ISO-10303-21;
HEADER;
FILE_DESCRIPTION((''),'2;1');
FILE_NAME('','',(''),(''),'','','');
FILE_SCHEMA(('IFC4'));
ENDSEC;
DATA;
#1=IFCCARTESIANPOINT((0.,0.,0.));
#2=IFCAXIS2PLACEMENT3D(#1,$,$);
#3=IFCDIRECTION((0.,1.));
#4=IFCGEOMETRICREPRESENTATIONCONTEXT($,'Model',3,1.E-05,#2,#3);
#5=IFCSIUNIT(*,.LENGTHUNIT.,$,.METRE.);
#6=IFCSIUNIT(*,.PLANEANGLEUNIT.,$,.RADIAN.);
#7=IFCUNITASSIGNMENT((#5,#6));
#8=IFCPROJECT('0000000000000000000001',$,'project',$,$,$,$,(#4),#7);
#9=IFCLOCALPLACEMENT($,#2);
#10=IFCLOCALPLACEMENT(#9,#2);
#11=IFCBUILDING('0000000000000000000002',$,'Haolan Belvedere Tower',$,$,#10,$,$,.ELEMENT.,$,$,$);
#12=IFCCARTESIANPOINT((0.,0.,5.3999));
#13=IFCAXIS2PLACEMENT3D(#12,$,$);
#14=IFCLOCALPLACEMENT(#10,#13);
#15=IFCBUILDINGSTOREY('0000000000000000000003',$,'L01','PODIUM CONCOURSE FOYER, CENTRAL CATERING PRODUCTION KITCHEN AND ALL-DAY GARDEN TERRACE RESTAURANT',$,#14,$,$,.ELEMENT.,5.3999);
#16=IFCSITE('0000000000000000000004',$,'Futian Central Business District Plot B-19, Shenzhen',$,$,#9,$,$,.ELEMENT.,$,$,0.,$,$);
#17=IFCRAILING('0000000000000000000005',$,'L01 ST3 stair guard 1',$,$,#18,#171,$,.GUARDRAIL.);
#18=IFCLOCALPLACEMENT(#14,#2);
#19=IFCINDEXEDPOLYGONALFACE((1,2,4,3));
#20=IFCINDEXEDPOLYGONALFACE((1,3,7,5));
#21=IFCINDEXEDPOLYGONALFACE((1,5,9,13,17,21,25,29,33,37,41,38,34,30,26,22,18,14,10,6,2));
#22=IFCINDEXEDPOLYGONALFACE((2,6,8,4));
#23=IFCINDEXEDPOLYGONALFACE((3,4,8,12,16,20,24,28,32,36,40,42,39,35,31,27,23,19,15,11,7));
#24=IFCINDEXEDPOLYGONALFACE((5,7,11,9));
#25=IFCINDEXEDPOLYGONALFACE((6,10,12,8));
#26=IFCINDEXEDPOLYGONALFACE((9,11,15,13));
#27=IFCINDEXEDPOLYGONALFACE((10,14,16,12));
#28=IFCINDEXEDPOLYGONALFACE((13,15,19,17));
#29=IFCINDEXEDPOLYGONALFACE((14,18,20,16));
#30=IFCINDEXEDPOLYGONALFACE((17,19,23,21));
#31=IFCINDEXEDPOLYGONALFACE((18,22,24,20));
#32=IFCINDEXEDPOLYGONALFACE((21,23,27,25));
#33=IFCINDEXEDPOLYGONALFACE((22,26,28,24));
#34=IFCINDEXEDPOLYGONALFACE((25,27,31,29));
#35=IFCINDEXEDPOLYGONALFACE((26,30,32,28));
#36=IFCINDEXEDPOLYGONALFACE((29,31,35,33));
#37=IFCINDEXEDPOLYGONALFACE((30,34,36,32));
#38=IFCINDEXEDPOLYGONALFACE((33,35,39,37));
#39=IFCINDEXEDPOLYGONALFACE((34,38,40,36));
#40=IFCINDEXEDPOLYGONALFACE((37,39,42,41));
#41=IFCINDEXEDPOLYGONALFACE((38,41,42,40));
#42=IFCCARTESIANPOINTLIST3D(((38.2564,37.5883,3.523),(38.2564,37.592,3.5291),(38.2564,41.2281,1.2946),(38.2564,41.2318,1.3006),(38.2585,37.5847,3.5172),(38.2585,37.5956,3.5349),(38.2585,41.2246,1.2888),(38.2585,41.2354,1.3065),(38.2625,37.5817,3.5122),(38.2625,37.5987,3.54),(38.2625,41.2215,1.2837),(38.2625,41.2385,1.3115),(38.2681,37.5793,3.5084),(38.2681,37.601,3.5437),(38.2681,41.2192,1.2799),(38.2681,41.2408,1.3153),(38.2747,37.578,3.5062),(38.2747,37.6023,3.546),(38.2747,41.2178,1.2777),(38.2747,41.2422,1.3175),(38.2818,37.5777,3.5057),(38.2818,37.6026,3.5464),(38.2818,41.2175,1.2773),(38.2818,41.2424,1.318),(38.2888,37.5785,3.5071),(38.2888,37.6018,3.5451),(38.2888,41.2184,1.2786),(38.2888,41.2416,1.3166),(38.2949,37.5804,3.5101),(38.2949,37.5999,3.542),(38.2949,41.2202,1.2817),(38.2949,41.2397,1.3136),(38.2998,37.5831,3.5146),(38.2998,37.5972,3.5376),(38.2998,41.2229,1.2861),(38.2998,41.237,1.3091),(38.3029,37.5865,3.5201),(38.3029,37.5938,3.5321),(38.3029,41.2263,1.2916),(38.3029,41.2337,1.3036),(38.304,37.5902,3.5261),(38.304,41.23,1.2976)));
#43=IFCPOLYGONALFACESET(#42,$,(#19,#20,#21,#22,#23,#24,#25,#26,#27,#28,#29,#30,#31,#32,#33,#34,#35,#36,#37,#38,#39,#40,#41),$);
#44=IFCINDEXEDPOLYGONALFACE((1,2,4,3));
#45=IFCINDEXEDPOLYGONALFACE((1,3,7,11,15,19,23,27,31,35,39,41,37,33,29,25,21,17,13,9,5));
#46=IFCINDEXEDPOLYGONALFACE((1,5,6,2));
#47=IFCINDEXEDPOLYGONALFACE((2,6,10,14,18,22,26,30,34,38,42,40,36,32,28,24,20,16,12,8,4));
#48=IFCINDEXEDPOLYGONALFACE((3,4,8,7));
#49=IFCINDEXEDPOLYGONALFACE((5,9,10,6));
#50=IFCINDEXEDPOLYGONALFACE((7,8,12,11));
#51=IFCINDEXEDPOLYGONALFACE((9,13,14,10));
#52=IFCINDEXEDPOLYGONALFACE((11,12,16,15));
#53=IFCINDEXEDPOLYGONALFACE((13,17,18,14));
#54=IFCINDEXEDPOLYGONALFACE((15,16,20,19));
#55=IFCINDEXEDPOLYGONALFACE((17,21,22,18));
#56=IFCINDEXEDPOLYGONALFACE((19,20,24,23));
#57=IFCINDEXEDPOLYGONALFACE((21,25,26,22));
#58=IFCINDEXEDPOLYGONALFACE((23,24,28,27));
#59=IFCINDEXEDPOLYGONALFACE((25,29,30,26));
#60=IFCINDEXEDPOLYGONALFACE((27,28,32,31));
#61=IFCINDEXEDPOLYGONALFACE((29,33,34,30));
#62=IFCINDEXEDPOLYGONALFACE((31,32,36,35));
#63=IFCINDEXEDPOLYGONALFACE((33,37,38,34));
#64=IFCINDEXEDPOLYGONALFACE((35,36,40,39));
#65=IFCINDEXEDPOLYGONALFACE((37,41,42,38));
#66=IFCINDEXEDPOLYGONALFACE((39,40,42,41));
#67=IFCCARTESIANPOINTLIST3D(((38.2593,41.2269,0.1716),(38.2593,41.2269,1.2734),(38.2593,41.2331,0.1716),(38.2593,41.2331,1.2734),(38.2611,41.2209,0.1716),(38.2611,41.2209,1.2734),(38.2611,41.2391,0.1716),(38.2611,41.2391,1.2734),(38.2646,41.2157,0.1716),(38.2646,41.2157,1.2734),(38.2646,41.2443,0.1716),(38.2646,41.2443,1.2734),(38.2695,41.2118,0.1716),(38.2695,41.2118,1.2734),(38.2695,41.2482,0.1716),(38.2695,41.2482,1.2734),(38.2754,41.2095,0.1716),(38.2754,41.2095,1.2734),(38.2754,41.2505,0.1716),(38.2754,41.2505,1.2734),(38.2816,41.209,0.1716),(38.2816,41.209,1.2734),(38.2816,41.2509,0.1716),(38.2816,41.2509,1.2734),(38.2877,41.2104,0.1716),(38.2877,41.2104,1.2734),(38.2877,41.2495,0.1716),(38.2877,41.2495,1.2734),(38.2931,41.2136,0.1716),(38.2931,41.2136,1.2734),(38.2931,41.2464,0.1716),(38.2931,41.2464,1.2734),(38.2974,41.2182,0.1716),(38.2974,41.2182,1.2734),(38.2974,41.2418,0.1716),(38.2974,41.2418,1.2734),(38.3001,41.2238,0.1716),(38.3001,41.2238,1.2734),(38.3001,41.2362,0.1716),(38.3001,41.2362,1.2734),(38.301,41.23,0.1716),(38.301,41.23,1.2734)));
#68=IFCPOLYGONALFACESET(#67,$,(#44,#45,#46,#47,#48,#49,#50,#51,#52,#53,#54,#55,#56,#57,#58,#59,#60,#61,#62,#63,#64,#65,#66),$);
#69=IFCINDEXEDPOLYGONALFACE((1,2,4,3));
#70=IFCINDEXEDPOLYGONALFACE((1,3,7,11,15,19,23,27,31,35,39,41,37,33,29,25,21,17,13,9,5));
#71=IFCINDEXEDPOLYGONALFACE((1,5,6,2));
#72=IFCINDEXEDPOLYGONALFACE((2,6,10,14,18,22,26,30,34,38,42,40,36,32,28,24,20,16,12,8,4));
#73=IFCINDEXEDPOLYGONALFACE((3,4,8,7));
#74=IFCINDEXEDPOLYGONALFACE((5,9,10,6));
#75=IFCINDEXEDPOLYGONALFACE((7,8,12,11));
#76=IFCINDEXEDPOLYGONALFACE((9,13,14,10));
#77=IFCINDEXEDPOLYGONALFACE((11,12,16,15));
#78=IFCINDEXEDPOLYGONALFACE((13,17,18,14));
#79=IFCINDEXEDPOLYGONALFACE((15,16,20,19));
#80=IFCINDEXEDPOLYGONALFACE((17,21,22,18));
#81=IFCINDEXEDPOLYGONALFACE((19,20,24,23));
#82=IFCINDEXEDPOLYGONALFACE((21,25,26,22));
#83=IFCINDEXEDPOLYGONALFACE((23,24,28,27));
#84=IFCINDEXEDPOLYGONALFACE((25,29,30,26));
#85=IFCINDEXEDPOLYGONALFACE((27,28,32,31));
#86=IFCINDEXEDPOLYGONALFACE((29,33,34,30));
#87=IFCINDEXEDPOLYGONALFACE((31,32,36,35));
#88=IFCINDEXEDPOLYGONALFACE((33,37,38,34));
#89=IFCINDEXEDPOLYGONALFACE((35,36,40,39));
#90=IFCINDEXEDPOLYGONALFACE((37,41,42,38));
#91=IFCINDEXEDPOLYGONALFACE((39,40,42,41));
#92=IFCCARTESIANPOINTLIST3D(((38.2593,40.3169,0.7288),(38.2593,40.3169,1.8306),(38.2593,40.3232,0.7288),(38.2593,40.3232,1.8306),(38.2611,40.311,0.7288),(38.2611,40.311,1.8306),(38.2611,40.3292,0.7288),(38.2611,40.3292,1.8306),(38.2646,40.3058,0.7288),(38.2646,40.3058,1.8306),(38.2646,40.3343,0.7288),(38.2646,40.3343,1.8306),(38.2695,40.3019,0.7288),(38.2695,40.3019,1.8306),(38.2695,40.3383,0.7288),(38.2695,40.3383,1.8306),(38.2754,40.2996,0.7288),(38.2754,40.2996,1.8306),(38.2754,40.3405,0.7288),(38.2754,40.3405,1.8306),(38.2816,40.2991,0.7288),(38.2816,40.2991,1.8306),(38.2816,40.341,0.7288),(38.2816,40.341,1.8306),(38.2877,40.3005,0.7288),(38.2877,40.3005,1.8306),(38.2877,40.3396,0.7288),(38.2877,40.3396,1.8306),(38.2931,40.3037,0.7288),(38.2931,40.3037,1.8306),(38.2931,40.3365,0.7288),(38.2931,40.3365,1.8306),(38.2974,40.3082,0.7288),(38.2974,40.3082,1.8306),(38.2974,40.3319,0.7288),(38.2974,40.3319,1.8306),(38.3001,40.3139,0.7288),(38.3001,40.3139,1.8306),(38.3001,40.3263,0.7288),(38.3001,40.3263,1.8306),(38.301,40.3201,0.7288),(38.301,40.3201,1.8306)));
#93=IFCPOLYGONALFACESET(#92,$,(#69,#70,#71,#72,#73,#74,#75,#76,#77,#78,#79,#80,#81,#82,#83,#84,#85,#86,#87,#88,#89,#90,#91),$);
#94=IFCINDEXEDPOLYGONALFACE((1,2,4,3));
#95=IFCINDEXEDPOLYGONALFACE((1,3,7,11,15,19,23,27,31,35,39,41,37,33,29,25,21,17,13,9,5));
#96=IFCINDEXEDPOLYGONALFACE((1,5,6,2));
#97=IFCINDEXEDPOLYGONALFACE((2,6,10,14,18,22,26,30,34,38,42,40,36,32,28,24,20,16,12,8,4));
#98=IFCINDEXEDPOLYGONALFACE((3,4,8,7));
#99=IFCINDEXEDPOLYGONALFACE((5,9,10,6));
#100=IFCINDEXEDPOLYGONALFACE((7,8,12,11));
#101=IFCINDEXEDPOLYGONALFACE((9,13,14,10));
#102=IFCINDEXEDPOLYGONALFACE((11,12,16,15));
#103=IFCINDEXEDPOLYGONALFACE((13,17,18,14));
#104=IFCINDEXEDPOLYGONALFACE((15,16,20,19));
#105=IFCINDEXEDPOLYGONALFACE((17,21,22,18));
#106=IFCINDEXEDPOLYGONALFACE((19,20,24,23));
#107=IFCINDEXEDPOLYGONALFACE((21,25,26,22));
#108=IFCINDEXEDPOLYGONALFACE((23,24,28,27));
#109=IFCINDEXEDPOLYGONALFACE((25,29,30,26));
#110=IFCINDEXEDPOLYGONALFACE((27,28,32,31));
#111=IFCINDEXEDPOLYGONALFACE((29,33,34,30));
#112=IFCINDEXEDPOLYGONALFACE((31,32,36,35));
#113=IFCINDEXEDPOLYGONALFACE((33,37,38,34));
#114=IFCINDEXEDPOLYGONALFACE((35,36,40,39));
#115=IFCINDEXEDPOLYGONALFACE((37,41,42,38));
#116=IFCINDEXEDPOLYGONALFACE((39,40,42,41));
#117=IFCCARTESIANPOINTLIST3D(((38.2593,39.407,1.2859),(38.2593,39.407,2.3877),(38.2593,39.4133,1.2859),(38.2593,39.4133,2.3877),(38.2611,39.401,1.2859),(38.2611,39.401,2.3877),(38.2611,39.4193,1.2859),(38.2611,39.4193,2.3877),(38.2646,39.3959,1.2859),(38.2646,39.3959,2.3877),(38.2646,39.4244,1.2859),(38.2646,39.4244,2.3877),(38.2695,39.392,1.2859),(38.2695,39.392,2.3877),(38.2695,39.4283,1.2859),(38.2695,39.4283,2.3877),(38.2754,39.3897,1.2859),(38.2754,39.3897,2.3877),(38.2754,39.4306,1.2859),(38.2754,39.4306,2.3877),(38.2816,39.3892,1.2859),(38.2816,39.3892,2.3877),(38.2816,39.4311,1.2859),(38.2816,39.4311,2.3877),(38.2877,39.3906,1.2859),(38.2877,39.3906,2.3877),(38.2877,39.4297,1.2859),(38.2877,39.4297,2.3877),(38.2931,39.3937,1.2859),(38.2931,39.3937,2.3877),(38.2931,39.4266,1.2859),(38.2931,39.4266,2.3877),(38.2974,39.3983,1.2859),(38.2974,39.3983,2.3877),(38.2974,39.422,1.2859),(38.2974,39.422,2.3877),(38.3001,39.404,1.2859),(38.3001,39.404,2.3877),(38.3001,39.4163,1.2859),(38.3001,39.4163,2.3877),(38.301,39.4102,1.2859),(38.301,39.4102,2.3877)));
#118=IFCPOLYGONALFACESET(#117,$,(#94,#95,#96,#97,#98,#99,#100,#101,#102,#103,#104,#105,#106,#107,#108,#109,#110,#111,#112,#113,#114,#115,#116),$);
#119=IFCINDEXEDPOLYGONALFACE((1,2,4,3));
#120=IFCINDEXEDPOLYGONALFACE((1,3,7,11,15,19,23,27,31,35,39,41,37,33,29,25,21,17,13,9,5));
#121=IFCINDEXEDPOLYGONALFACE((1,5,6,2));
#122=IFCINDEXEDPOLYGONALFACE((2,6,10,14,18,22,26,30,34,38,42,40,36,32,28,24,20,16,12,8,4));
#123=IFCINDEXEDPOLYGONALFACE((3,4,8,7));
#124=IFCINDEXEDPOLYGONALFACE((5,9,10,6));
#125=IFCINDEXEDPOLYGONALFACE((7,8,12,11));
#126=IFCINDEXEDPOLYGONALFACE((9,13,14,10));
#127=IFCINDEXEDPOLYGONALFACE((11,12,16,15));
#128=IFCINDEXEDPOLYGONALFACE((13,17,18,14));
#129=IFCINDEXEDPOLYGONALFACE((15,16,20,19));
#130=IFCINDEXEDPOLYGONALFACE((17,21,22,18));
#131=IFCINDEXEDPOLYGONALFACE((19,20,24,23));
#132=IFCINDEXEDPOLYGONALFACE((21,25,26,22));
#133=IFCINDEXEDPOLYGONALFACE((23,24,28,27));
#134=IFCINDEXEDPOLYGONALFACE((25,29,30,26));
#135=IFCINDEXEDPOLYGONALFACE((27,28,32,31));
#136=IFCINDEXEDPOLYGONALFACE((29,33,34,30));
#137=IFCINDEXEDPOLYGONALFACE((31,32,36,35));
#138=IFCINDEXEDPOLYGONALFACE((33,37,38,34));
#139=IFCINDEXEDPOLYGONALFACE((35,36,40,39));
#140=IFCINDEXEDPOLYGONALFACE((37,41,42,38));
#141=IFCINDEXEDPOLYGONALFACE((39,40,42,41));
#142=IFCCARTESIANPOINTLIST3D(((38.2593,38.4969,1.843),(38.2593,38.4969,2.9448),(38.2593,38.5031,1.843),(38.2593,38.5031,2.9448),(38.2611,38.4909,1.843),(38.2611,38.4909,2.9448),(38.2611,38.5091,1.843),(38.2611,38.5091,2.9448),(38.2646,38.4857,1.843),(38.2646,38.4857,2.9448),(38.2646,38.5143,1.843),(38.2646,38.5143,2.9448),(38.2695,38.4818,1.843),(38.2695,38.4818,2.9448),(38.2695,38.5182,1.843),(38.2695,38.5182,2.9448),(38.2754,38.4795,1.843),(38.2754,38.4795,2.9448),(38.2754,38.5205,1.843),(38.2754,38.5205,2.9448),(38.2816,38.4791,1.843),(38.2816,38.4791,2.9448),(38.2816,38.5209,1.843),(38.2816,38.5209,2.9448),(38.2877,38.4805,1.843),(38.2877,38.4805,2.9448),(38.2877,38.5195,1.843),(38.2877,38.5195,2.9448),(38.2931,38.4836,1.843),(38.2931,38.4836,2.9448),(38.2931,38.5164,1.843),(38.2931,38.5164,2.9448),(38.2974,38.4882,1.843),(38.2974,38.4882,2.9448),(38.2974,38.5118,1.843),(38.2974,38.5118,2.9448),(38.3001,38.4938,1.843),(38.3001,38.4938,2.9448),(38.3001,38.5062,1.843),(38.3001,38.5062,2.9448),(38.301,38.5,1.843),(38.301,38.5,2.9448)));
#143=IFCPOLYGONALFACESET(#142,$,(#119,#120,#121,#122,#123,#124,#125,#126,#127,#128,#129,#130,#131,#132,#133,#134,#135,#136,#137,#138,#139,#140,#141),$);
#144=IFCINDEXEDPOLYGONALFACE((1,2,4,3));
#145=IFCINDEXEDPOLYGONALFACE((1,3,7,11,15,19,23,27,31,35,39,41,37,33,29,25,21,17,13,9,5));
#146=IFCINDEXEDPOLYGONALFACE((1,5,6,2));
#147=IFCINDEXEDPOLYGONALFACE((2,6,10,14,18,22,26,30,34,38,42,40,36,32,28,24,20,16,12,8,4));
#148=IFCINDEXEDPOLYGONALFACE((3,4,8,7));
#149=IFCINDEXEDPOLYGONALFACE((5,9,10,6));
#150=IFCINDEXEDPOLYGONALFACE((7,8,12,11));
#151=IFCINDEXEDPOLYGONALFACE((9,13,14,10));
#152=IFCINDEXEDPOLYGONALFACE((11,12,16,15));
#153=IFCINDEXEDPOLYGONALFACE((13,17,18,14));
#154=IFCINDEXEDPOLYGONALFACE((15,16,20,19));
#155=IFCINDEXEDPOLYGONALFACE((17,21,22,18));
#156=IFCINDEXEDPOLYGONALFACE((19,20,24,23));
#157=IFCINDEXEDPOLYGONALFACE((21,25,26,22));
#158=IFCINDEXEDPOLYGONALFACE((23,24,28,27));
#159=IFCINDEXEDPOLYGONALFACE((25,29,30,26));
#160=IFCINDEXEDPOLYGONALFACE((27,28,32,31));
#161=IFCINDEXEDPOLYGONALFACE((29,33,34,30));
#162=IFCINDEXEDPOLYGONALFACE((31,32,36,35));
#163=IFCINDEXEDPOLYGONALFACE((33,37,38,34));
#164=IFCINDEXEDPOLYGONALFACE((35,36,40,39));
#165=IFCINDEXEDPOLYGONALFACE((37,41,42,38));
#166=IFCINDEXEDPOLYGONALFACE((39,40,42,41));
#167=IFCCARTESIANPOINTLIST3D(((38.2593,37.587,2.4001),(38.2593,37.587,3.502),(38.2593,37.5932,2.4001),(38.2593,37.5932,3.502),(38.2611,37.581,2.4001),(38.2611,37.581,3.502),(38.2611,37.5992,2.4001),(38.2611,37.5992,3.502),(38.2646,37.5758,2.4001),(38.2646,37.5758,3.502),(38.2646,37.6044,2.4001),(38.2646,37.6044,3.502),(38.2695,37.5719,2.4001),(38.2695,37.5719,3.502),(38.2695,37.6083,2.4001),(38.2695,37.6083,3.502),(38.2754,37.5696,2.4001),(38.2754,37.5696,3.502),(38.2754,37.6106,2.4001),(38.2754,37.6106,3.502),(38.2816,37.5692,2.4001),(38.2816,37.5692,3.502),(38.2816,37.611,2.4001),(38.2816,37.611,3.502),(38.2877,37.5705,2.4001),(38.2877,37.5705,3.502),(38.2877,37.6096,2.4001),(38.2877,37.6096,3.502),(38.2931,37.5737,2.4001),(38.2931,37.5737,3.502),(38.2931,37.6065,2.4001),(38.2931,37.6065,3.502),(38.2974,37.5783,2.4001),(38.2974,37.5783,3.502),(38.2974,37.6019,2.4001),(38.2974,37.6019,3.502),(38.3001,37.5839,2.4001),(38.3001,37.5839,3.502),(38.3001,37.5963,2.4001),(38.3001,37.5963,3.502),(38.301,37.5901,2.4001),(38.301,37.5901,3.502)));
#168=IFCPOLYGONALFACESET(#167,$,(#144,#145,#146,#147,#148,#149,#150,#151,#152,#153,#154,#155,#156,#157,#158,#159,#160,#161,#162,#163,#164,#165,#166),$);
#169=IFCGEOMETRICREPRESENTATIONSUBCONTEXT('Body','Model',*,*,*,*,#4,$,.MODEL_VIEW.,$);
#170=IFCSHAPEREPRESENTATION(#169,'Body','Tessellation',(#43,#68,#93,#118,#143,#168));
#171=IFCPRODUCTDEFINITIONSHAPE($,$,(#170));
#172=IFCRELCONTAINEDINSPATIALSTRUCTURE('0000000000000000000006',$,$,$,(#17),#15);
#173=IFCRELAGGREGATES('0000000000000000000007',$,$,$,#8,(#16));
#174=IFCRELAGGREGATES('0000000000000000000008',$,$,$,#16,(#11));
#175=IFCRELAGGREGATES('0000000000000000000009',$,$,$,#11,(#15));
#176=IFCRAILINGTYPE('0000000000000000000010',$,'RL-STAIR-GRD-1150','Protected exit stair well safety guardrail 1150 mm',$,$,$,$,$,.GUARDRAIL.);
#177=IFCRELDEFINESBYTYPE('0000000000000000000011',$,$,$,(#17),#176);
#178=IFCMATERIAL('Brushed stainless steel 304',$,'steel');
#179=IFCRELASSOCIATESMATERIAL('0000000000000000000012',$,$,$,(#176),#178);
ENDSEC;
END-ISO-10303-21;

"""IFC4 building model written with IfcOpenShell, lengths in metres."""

from ifc_helpers import new_model, si_unit, direction, frame, origin, origin_2d, place, context, subcontext, project, spatial, circle, extrude, material, type_object, element, save


model = new_model("IFC4")

# Units and contexts
model_context = context("Model", 3, precision=1e-05, world=origin(), true_north=direction((0.0, 1.0)))
body_context = subcontext(model_context, "Body", "Model", "MODEL_VIEW")
ifc_project = project(units=[si_unit("LENGTHUNIT", "METRE"), si_unit("PLANEANGLEUNIT", "RADIAN")], contexts=[model_context])

# Site, building, storey
site_placement = place(None, origin())
site = spatial("IfcSite", under=ifc_project, at=site_placement, Name="Futian Central Business District Plot B-19, Shenzhen", CompositionType="ELEMENT", RefElevation=0.0)
building_placement = place(site_placement, origin())
building = spatial("IfcBuilding", under=site, at=building_placement, Name="Haolan Belvedere Tower", CompositionType="ELEMENT")
storey_placement = place(building_placement, frame((0.0, 0.0, 5.3999)))
storey = spatial("IfcBuildingStorey", under=building, at=storey_placement, Name="L01", Description="PODIUM CONCOURSE FOYER, CENTRAL CATERING PRODUCTION KITCHEN AND ALL-DAY GARDEN TERRACE RESTAURANT", CompositionType="ELEMENT", Elevation=5.3999)

# Railing
ifc_material_1 = material(Name="Brushed stainless steel 304", Category="steel")
railing_type_1 = type_object("IfcRailingType", Name="RL-STAIR-GRD-1150", Description="Protected exit stair well safety guardrail 1150 mm", PredefinedType="GUARDRAIL", material=ifc_material_1)
railing_1_placement = place(storey_placement, frame((38.28, 41.23, 0.1716)))
element("IfcRailing", 1, at=railing_1_placement, inside=storey, type_object=railing_type_1, Name="L01 ST3 stair guard 1", PredefinedType="GUARDRAIL", context=body_context, shape_type="SweptSolid", body=[
    extrude(circle(Radius=0.0239, at=origin_2d()), frame((0.0, 0.0, 1.126), z_axis=(0.0, -0.85285, 0.522156), x_axis=(1.0, 0.0, 0.0)), (0.0, 0.0, 1.0), 4.2678),
    extrude(circle(Radius=0.021, at=origin_2d()), origin(), (0.0, 0.0, 1.0), 1.1018),
    extrude(circle(Radius=0.021, at=origin_2d()), frame((0.0, -0.9099, 0.5571)), (0.0, 0.0, 1.0), 1.1018),
    extrude(circle(Radius=0.021, at=origin_2d()), frame((0.0, -1.8198, 1.1143)), (0.0, 0.0, 1.0), 1.1018),
    extrude(circle(Radius=0.021, at=origin_2d()), frame((0.0, -2.73, 1.6714)), (0.0, 0.0, 1.0), 1.1018),
    extrude(circle(Radius=0.021, at=origin_2d()), frame((0.0, -3.6399, 2.2285)), (0.0, 0.0, 1.0), 1.1018),
])

save(model, "model.ifc")
